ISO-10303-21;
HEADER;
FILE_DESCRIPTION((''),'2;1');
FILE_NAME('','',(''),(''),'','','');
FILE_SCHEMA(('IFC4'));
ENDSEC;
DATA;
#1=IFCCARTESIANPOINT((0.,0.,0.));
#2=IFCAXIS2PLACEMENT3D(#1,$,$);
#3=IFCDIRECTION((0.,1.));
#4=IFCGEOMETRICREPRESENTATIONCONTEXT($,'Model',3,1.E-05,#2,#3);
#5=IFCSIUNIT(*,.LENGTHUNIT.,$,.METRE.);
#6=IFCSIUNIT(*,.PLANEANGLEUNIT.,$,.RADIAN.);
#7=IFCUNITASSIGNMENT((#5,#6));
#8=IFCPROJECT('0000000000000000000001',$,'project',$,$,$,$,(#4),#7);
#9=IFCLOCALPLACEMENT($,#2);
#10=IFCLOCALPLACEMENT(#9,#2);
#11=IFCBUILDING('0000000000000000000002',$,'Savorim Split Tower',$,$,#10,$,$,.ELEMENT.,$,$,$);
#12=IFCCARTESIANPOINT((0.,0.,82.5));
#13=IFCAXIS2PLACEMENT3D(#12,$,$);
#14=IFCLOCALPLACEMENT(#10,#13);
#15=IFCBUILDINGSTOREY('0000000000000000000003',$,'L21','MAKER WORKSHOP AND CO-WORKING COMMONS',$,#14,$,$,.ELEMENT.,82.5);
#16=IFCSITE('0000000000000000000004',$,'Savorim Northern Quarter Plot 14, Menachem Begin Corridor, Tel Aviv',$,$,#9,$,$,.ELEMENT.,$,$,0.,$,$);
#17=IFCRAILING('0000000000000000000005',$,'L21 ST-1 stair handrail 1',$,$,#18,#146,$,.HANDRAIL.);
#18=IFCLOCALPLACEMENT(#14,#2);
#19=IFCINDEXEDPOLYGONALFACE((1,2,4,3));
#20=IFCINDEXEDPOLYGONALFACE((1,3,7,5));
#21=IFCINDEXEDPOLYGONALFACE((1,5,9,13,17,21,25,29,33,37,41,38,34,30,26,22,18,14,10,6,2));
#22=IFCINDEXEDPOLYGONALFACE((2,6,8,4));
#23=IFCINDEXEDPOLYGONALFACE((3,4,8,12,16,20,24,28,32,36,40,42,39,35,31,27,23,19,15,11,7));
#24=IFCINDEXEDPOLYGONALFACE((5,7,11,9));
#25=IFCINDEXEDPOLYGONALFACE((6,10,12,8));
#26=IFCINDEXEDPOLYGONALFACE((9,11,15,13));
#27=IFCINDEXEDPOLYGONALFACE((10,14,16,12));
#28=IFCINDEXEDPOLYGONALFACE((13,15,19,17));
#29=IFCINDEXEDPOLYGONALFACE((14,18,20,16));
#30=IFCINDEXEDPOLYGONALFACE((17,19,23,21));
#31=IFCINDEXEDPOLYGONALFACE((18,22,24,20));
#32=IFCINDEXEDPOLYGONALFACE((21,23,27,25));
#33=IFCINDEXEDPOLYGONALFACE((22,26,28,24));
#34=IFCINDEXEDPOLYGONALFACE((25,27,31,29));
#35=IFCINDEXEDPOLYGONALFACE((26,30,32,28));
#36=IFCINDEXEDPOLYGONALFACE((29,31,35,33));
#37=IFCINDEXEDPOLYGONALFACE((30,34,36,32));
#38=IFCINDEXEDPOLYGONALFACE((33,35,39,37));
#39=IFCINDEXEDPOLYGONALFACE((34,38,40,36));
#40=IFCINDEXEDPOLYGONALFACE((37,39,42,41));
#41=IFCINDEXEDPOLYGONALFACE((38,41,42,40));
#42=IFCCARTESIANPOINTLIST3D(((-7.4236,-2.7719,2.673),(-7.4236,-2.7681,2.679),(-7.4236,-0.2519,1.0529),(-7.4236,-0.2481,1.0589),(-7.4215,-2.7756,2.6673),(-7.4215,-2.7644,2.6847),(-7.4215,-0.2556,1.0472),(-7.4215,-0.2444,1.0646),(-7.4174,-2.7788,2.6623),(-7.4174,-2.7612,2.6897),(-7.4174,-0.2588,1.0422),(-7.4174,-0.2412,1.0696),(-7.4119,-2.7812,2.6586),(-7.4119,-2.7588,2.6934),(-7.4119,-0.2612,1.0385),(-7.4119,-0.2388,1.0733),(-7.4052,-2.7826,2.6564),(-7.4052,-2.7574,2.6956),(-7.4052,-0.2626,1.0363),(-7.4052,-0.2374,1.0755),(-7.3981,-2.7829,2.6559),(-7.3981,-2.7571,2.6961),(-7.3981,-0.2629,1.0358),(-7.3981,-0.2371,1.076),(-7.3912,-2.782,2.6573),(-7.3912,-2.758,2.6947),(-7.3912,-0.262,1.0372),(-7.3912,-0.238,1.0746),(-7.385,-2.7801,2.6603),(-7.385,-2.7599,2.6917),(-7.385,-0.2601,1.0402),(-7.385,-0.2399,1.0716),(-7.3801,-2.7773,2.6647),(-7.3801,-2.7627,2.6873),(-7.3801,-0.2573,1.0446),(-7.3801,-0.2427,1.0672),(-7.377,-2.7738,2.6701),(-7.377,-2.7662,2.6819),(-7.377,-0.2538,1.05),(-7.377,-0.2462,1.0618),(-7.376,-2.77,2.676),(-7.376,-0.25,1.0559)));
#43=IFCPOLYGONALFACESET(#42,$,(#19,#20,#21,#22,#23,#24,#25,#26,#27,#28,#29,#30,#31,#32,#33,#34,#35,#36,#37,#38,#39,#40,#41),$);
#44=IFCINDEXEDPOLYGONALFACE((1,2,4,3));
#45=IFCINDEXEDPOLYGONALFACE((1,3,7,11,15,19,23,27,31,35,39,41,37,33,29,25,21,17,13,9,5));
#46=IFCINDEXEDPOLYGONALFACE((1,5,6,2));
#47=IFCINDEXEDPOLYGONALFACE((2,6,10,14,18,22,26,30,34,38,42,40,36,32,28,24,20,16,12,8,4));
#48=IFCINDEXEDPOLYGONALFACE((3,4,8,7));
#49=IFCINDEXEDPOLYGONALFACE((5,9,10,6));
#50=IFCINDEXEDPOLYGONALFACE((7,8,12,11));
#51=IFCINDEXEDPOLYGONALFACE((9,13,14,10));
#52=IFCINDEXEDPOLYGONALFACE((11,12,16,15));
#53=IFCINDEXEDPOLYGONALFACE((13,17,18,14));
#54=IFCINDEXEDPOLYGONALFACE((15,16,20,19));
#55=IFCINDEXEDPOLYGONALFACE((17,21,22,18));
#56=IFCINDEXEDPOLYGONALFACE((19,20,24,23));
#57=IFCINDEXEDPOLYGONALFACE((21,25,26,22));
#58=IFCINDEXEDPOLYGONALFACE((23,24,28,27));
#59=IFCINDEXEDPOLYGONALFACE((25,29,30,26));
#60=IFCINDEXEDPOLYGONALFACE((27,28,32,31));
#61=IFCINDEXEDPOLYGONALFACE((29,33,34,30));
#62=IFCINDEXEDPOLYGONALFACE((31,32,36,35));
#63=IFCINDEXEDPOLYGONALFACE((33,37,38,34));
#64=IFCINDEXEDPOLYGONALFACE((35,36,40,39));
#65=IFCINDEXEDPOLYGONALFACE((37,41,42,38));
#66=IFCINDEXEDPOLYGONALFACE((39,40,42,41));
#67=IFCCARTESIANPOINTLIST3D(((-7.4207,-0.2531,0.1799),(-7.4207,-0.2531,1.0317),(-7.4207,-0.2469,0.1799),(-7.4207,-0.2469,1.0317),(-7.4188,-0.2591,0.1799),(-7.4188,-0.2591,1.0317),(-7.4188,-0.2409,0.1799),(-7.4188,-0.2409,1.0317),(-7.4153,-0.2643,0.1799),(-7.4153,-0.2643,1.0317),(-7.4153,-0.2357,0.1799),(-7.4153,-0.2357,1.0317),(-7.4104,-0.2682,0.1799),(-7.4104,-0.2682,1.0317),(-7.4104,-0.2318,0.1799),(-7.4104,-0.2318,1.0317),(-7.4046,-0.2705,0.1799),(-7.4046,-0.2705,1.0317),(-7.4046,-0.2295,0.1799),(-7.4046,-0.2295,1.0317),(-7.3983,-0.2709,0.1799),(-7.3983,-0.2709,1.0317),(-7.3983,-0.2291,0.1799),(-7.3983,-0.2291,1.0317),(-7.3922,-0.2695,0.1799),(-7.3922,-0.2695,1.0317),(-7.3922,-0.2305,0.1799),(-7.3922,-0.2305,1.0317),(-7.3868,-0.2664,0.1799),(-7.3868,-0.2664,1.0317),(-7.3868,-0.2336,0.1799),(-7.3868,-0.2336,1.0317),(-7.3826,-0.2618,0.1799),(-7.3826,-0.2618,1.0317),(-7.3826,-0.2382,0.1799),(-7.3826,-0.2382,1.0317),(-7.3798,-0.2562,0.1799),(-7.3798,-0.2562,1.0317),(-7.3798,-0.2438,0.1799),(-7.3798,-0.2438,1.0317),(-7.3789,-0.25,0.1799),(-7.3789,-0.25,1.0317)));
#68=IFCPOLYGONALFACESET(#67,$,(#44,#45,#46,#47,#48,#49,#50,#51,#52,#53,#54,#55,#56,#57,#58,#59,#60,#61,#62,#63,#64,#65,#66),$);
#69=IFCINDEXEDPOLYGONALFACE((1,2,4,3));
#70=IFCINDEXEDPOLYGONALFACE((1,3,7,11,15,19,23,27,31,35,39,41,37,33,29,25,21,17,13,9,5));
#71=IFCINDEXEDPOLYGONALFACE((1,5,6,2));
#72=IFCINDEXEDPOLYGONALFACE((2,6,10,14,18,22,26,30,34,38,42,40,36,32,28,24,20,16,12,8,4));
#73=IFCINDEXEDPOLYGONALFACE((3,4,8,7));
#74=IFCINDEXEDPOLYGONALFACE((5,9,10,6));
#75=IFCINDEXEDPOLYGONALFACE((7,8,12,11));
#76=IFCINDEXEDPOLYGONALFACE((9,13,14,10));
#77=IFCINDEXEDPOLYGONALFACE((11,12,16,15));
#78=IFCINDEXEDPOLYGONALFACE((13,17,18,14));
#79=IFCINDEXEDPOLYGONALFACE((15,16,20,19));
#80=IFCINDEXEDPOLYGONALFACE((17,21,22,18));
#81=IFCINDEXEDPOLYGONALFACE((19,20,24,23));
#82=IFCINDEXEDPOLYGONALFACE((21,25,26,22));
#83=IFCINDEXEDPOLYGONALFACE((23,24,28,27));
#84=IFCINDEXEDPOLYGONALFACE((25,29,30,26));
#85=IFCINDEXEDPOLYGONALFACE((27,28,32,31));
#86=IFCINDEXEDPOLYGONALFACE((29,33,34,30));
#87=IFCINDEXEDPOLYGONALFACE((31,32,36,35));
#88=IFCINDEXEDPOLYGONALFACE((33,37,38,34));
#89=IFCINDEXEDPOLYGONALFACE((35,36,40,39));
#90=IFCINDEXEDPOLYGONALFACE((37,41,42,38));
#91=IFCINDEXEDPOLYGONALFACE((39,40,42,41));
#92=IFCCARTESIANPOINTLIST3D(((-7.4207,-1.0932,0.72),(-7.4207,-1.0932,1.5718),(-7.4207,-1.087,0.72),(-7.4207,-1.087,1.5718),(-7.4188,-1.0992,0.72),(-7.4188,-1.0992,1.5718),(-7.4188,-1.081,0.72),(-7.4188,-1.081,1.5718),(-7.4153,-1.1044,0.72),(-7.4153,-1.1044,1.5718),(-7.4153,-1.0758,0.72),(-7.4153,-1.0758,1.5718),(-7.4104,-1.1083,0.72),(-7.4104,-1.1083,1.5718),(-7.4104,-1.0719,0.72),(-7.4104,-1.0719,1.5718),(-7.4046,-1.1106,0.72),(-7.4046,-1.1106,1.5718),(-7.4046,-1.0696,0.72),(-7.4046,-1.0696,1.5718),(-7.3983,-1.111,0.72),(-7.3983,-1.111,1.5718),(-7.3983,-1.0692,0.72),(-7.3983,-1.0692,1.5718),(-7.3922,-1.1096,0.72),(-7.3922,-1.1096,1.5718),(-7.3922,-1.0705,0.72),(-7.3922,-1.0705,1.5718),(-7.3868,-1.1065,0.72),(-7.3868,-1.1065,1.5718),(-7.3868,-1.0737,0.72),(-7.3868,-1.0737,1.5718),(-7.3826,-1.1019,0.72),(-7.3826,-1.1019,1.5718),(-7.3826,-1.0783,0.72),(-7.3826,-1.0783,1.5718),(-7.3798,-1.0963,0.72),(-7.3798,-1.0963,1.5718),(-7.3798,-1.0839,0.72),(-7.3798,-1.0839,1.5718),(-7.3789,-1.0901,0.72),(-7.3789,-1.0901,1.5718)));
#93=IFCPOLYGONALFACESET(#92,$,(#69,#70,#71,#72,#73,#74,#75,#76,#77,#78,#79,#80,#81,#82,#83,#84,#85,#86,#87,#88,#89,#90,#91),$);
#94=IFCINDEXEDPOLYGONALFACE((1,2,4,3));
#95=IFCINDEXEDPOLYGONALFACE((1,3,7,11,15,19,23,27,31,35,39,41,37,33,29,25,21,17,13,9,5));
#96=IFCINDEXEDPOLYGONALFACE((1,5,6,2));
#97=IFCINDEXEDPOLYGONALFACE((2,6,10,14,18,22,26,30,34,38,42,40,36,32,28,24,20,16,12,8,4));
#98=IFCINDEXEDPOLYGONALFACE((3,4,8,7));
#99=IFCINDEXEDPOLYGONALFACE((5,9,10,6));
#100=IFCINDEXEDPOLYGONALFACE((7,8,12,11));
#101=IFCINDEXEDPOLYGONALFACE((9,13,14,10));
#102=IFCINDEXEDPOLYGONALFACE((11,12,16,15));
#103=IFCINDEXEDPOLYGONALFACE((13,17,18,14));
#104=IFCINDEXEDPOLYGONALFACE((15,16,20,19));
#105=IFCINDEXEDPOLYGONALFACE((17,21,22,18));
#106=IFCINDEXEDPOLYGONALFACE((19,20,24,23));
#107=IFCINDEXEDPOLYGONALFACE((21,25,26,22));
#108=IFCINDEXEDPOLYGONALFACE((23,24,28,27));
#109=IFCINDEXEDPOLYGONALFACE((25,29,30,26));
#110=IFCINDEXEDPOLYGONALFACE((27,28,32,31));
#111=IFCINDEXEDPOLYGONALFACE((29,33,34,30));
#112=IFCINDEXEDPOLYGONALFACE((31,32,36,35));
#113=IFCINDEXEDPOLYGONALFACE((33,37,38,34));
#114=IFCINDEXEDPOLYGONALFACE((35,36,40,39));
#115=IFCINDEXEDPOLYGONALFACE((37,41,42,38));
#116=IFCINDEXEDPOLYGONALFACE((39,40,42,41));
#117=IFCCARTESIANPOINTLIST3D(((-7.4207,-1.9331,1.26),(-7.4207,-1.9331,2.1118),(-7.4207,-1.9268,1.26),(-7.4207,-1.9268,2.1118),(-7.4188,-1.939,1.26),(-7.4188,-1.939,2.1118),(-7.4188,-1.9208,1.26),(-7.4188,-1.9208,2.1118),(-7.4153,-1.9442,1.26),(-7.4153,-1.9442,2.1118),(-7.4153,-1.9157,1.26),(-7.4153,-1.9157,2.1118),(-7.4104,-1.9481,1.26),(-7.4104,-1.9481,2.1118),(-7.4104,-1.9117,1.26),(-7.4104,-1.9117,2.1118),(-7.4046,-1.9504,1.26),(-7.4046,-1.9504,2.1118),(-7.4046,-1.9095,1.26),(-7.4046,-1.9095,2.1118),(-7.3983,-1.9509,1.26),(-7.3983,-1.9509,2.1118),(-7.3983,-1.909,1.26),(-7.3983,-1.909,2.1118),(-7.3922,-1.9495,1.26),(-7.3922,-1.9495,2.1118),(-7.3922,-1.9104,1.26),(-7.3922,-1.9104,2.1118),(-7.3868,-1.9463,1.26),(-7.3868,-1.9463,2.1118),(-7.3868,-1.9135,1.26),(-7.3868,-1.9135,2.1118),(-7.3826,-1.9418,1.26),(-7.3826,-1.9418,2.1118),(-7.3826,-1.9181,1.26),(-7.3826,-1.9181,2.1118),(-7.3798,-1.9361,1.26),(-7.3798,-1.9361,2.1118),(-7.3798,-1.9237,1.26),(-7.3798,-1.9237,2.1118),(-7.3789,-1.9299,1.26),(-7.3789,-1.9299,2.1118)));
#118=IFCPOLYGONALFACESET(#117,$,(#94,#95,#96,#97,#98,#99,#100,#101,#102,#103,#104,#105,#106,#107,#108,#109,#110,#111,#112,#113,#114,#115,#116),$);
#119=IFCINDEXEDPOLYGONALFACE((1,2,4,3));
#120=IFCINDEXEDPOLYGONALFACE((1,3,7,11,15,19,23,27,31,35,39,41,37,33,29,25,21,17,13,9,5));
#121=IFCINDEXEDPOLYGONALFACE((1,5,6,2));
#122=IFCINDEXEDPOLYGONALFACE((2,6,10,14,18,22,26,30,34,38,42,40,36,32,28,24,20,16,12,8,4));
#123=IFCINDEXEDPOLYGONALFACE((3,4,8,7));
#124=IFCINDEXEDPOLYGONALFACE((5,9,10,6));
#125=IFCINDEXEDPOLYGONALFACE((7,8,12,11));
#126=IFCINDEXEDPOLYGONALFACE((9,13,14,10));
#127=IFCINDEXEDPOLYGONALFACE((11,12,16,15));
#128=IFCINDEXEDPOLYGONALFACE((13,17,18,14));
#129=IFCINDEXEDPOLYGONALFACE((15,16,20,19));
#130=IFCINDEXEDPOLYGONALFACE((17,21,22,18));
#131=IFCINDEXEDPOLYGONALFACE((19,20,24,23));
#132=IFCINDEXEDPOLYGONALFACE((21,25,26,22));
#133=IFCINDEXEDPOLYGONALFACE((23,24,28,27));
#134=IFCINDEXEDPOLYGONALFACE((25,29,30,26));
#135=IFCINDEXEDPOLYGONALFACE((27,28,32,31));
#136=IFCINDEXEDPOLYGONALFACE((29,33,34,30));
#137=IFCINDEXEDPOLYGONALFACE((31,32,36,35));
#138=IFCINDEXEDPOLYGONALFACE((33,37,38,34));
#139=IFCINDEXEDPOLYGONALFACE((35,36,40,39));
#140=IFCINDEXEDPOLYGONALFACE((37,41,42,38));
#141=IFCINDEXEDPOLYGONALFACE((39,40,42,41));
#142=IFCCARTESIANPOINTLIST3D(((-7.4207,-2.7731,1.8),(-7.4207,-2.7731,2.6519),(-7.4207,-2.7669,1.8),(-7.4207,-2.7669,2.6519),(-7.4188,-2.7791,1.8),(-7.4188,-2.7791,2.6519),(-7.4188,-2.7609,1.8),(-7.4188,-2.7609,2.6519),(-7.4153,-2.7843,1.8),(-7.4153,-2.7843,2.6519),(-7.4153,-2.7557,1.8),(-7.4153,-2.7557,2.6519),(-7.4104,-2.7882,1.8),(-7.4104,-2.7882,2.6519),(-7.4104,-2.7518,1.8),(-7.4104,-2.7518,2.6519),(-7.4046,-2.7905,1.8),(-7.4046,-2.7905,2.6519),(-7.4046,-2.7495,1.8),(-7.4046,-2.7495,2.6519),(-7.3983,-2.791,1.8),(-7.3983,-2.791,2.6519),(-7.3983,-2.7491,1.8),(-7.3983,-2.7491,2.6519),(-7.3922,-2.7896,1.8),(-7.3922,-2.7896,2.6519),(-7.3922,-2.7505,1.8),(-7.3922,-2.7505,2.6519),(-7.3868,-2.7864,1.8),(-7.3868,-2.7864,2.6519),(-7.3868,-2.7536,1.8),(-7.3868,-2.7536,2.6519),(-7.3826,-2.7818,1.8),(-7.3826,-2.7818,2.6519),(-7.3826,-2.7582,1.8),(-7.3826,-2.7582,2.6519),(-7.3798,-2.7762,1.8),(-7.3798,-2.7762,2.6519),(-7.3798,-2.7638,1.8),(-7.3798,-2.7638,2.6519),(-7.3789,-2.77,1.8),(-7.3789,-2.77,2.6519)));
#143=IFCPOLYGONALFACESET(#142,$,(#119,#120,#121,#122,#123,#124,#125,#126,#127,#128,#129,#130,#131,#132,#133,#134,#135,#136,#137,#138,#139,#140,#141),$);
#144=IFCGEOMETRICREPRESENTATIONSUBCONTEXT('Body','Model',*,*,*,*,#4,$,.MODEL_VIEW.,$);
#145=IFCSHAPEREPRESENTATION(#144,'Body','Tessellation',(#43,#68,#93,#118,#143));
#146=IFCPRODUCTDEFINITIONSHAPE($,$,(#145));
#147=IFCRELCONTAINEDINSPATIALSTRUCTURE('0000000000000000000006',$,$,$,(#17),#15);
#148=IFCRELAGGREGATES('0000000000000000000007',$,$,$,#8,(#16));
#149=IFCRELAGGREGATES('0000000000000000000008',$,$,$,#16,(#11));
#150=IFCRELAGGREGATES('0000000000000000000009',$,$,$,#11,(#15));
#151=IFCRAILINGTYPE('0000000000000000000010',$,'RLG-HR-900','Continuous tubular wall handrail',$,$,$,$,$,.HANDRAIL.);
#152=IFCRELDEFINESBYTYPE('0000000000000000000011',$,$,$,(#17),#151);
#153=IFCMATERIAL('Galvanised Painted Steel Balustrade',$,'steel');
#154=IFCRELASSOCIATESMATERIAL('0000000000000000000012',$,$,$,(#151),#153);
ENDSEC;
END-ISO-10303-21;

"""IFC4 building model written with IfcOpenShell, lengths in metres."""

from ifc_helpers import new_model, si_unit, direction, frame, origin, origin_2d, place, context, subcontext, project, spatial, circle, extrude, material, type_object, element, save


model = new_model("IFC4")

# Units and contexts
model_context = context("Model", 3, precision=1e-05, world=origin(), true_north=direction((0.0, 1.0)))
body_context = subcontext(model_context, "Body", "Model", "MODEL_VIEW")
ifc_project = project(units=[si_unit("LENGTHUNIT", "METRE"), si_unit("PLANEANGLEUNIT", "RADIAN")], contexts=[model_context])

# Site, building, storey
site_placement = place(None, origin())
site = spatial("IfcSite", under=ifc_project, at=site_placement, Name="Savorim Northern Quarter Plot 14, Menachem Begin Corridor, Tel Aviv", CompositionType="ELEMENT", RefElevation=0.0)
building_placement = place(site_placement, origin())
building = spatial("IfcBuilding", under=site, at=building_placement, Name="Savorim Split Tower", CompositionType="ELEMENT")
storey_placement = place(building_placement, frame((0.0, 0.0, 82.5)))
storey = spatial("IfcBuildingStorey", under=building, at=storey_placement, Name="L21", Description="MAKER WORKSHOP AND CO-WORKING COMMONS", CompositionType="ELEMENT", Elevation=82.5)

# Railing
ifc_material_1 = material(Name="Galvanised Painted Steel Balustrade", Category="steel")
railing_type_1 = type_object("IfcRailingType", Name="RLG-HR-900", Description="Continuous tubular wall handrail", PredefinedType="HANDRAIL", material=ifc_material_1)
railing_1_placement = place(storey_placement, frame((-7.3999, -0.25, 0.1799)))
element("IfcRailing", 1, at=railing_1_placement, inside=storey, type_object=railing_type_1, Name="L21 ST-1 stair handrail 1", PredefinedType="HANDRAIL", context=body_context, shape_type="SweptSolid", body=[
    extrude(circle(Radius=0.0239, at=origin_2d()), frame((0.0, 0.0, 0.876), z_axis=(0.0, -0.841163, 0.540782), x_axis=(1.0, 0.0, 0.0)), (0.0, 0.0, 1.0), 2.9958),
    extrude(circle(Radius=0.021, at=origin_2d()), origin(), (0.0, 0.0, 1.0), 0.8518),
    extrude(circle(Radius=0.021, at=origin_2d()), frame((0.0, -0.8401, 0.54)), (0.0, 0.0, 1.0), 0.8518),
    extrude(circle(Radius=0.021, at=origin_2d()), frame((0.0, -1.6799, 1.0801)), (0.0, 0.0, 1.0), 0.8518),
    extrude(circle(Radius=0.021, at=origin_2d()), frame((0.0, -2.52, 1.6201)), (0.0, 0.0, 1.0), 0.8518),
])

save(model, "model.ifc")
